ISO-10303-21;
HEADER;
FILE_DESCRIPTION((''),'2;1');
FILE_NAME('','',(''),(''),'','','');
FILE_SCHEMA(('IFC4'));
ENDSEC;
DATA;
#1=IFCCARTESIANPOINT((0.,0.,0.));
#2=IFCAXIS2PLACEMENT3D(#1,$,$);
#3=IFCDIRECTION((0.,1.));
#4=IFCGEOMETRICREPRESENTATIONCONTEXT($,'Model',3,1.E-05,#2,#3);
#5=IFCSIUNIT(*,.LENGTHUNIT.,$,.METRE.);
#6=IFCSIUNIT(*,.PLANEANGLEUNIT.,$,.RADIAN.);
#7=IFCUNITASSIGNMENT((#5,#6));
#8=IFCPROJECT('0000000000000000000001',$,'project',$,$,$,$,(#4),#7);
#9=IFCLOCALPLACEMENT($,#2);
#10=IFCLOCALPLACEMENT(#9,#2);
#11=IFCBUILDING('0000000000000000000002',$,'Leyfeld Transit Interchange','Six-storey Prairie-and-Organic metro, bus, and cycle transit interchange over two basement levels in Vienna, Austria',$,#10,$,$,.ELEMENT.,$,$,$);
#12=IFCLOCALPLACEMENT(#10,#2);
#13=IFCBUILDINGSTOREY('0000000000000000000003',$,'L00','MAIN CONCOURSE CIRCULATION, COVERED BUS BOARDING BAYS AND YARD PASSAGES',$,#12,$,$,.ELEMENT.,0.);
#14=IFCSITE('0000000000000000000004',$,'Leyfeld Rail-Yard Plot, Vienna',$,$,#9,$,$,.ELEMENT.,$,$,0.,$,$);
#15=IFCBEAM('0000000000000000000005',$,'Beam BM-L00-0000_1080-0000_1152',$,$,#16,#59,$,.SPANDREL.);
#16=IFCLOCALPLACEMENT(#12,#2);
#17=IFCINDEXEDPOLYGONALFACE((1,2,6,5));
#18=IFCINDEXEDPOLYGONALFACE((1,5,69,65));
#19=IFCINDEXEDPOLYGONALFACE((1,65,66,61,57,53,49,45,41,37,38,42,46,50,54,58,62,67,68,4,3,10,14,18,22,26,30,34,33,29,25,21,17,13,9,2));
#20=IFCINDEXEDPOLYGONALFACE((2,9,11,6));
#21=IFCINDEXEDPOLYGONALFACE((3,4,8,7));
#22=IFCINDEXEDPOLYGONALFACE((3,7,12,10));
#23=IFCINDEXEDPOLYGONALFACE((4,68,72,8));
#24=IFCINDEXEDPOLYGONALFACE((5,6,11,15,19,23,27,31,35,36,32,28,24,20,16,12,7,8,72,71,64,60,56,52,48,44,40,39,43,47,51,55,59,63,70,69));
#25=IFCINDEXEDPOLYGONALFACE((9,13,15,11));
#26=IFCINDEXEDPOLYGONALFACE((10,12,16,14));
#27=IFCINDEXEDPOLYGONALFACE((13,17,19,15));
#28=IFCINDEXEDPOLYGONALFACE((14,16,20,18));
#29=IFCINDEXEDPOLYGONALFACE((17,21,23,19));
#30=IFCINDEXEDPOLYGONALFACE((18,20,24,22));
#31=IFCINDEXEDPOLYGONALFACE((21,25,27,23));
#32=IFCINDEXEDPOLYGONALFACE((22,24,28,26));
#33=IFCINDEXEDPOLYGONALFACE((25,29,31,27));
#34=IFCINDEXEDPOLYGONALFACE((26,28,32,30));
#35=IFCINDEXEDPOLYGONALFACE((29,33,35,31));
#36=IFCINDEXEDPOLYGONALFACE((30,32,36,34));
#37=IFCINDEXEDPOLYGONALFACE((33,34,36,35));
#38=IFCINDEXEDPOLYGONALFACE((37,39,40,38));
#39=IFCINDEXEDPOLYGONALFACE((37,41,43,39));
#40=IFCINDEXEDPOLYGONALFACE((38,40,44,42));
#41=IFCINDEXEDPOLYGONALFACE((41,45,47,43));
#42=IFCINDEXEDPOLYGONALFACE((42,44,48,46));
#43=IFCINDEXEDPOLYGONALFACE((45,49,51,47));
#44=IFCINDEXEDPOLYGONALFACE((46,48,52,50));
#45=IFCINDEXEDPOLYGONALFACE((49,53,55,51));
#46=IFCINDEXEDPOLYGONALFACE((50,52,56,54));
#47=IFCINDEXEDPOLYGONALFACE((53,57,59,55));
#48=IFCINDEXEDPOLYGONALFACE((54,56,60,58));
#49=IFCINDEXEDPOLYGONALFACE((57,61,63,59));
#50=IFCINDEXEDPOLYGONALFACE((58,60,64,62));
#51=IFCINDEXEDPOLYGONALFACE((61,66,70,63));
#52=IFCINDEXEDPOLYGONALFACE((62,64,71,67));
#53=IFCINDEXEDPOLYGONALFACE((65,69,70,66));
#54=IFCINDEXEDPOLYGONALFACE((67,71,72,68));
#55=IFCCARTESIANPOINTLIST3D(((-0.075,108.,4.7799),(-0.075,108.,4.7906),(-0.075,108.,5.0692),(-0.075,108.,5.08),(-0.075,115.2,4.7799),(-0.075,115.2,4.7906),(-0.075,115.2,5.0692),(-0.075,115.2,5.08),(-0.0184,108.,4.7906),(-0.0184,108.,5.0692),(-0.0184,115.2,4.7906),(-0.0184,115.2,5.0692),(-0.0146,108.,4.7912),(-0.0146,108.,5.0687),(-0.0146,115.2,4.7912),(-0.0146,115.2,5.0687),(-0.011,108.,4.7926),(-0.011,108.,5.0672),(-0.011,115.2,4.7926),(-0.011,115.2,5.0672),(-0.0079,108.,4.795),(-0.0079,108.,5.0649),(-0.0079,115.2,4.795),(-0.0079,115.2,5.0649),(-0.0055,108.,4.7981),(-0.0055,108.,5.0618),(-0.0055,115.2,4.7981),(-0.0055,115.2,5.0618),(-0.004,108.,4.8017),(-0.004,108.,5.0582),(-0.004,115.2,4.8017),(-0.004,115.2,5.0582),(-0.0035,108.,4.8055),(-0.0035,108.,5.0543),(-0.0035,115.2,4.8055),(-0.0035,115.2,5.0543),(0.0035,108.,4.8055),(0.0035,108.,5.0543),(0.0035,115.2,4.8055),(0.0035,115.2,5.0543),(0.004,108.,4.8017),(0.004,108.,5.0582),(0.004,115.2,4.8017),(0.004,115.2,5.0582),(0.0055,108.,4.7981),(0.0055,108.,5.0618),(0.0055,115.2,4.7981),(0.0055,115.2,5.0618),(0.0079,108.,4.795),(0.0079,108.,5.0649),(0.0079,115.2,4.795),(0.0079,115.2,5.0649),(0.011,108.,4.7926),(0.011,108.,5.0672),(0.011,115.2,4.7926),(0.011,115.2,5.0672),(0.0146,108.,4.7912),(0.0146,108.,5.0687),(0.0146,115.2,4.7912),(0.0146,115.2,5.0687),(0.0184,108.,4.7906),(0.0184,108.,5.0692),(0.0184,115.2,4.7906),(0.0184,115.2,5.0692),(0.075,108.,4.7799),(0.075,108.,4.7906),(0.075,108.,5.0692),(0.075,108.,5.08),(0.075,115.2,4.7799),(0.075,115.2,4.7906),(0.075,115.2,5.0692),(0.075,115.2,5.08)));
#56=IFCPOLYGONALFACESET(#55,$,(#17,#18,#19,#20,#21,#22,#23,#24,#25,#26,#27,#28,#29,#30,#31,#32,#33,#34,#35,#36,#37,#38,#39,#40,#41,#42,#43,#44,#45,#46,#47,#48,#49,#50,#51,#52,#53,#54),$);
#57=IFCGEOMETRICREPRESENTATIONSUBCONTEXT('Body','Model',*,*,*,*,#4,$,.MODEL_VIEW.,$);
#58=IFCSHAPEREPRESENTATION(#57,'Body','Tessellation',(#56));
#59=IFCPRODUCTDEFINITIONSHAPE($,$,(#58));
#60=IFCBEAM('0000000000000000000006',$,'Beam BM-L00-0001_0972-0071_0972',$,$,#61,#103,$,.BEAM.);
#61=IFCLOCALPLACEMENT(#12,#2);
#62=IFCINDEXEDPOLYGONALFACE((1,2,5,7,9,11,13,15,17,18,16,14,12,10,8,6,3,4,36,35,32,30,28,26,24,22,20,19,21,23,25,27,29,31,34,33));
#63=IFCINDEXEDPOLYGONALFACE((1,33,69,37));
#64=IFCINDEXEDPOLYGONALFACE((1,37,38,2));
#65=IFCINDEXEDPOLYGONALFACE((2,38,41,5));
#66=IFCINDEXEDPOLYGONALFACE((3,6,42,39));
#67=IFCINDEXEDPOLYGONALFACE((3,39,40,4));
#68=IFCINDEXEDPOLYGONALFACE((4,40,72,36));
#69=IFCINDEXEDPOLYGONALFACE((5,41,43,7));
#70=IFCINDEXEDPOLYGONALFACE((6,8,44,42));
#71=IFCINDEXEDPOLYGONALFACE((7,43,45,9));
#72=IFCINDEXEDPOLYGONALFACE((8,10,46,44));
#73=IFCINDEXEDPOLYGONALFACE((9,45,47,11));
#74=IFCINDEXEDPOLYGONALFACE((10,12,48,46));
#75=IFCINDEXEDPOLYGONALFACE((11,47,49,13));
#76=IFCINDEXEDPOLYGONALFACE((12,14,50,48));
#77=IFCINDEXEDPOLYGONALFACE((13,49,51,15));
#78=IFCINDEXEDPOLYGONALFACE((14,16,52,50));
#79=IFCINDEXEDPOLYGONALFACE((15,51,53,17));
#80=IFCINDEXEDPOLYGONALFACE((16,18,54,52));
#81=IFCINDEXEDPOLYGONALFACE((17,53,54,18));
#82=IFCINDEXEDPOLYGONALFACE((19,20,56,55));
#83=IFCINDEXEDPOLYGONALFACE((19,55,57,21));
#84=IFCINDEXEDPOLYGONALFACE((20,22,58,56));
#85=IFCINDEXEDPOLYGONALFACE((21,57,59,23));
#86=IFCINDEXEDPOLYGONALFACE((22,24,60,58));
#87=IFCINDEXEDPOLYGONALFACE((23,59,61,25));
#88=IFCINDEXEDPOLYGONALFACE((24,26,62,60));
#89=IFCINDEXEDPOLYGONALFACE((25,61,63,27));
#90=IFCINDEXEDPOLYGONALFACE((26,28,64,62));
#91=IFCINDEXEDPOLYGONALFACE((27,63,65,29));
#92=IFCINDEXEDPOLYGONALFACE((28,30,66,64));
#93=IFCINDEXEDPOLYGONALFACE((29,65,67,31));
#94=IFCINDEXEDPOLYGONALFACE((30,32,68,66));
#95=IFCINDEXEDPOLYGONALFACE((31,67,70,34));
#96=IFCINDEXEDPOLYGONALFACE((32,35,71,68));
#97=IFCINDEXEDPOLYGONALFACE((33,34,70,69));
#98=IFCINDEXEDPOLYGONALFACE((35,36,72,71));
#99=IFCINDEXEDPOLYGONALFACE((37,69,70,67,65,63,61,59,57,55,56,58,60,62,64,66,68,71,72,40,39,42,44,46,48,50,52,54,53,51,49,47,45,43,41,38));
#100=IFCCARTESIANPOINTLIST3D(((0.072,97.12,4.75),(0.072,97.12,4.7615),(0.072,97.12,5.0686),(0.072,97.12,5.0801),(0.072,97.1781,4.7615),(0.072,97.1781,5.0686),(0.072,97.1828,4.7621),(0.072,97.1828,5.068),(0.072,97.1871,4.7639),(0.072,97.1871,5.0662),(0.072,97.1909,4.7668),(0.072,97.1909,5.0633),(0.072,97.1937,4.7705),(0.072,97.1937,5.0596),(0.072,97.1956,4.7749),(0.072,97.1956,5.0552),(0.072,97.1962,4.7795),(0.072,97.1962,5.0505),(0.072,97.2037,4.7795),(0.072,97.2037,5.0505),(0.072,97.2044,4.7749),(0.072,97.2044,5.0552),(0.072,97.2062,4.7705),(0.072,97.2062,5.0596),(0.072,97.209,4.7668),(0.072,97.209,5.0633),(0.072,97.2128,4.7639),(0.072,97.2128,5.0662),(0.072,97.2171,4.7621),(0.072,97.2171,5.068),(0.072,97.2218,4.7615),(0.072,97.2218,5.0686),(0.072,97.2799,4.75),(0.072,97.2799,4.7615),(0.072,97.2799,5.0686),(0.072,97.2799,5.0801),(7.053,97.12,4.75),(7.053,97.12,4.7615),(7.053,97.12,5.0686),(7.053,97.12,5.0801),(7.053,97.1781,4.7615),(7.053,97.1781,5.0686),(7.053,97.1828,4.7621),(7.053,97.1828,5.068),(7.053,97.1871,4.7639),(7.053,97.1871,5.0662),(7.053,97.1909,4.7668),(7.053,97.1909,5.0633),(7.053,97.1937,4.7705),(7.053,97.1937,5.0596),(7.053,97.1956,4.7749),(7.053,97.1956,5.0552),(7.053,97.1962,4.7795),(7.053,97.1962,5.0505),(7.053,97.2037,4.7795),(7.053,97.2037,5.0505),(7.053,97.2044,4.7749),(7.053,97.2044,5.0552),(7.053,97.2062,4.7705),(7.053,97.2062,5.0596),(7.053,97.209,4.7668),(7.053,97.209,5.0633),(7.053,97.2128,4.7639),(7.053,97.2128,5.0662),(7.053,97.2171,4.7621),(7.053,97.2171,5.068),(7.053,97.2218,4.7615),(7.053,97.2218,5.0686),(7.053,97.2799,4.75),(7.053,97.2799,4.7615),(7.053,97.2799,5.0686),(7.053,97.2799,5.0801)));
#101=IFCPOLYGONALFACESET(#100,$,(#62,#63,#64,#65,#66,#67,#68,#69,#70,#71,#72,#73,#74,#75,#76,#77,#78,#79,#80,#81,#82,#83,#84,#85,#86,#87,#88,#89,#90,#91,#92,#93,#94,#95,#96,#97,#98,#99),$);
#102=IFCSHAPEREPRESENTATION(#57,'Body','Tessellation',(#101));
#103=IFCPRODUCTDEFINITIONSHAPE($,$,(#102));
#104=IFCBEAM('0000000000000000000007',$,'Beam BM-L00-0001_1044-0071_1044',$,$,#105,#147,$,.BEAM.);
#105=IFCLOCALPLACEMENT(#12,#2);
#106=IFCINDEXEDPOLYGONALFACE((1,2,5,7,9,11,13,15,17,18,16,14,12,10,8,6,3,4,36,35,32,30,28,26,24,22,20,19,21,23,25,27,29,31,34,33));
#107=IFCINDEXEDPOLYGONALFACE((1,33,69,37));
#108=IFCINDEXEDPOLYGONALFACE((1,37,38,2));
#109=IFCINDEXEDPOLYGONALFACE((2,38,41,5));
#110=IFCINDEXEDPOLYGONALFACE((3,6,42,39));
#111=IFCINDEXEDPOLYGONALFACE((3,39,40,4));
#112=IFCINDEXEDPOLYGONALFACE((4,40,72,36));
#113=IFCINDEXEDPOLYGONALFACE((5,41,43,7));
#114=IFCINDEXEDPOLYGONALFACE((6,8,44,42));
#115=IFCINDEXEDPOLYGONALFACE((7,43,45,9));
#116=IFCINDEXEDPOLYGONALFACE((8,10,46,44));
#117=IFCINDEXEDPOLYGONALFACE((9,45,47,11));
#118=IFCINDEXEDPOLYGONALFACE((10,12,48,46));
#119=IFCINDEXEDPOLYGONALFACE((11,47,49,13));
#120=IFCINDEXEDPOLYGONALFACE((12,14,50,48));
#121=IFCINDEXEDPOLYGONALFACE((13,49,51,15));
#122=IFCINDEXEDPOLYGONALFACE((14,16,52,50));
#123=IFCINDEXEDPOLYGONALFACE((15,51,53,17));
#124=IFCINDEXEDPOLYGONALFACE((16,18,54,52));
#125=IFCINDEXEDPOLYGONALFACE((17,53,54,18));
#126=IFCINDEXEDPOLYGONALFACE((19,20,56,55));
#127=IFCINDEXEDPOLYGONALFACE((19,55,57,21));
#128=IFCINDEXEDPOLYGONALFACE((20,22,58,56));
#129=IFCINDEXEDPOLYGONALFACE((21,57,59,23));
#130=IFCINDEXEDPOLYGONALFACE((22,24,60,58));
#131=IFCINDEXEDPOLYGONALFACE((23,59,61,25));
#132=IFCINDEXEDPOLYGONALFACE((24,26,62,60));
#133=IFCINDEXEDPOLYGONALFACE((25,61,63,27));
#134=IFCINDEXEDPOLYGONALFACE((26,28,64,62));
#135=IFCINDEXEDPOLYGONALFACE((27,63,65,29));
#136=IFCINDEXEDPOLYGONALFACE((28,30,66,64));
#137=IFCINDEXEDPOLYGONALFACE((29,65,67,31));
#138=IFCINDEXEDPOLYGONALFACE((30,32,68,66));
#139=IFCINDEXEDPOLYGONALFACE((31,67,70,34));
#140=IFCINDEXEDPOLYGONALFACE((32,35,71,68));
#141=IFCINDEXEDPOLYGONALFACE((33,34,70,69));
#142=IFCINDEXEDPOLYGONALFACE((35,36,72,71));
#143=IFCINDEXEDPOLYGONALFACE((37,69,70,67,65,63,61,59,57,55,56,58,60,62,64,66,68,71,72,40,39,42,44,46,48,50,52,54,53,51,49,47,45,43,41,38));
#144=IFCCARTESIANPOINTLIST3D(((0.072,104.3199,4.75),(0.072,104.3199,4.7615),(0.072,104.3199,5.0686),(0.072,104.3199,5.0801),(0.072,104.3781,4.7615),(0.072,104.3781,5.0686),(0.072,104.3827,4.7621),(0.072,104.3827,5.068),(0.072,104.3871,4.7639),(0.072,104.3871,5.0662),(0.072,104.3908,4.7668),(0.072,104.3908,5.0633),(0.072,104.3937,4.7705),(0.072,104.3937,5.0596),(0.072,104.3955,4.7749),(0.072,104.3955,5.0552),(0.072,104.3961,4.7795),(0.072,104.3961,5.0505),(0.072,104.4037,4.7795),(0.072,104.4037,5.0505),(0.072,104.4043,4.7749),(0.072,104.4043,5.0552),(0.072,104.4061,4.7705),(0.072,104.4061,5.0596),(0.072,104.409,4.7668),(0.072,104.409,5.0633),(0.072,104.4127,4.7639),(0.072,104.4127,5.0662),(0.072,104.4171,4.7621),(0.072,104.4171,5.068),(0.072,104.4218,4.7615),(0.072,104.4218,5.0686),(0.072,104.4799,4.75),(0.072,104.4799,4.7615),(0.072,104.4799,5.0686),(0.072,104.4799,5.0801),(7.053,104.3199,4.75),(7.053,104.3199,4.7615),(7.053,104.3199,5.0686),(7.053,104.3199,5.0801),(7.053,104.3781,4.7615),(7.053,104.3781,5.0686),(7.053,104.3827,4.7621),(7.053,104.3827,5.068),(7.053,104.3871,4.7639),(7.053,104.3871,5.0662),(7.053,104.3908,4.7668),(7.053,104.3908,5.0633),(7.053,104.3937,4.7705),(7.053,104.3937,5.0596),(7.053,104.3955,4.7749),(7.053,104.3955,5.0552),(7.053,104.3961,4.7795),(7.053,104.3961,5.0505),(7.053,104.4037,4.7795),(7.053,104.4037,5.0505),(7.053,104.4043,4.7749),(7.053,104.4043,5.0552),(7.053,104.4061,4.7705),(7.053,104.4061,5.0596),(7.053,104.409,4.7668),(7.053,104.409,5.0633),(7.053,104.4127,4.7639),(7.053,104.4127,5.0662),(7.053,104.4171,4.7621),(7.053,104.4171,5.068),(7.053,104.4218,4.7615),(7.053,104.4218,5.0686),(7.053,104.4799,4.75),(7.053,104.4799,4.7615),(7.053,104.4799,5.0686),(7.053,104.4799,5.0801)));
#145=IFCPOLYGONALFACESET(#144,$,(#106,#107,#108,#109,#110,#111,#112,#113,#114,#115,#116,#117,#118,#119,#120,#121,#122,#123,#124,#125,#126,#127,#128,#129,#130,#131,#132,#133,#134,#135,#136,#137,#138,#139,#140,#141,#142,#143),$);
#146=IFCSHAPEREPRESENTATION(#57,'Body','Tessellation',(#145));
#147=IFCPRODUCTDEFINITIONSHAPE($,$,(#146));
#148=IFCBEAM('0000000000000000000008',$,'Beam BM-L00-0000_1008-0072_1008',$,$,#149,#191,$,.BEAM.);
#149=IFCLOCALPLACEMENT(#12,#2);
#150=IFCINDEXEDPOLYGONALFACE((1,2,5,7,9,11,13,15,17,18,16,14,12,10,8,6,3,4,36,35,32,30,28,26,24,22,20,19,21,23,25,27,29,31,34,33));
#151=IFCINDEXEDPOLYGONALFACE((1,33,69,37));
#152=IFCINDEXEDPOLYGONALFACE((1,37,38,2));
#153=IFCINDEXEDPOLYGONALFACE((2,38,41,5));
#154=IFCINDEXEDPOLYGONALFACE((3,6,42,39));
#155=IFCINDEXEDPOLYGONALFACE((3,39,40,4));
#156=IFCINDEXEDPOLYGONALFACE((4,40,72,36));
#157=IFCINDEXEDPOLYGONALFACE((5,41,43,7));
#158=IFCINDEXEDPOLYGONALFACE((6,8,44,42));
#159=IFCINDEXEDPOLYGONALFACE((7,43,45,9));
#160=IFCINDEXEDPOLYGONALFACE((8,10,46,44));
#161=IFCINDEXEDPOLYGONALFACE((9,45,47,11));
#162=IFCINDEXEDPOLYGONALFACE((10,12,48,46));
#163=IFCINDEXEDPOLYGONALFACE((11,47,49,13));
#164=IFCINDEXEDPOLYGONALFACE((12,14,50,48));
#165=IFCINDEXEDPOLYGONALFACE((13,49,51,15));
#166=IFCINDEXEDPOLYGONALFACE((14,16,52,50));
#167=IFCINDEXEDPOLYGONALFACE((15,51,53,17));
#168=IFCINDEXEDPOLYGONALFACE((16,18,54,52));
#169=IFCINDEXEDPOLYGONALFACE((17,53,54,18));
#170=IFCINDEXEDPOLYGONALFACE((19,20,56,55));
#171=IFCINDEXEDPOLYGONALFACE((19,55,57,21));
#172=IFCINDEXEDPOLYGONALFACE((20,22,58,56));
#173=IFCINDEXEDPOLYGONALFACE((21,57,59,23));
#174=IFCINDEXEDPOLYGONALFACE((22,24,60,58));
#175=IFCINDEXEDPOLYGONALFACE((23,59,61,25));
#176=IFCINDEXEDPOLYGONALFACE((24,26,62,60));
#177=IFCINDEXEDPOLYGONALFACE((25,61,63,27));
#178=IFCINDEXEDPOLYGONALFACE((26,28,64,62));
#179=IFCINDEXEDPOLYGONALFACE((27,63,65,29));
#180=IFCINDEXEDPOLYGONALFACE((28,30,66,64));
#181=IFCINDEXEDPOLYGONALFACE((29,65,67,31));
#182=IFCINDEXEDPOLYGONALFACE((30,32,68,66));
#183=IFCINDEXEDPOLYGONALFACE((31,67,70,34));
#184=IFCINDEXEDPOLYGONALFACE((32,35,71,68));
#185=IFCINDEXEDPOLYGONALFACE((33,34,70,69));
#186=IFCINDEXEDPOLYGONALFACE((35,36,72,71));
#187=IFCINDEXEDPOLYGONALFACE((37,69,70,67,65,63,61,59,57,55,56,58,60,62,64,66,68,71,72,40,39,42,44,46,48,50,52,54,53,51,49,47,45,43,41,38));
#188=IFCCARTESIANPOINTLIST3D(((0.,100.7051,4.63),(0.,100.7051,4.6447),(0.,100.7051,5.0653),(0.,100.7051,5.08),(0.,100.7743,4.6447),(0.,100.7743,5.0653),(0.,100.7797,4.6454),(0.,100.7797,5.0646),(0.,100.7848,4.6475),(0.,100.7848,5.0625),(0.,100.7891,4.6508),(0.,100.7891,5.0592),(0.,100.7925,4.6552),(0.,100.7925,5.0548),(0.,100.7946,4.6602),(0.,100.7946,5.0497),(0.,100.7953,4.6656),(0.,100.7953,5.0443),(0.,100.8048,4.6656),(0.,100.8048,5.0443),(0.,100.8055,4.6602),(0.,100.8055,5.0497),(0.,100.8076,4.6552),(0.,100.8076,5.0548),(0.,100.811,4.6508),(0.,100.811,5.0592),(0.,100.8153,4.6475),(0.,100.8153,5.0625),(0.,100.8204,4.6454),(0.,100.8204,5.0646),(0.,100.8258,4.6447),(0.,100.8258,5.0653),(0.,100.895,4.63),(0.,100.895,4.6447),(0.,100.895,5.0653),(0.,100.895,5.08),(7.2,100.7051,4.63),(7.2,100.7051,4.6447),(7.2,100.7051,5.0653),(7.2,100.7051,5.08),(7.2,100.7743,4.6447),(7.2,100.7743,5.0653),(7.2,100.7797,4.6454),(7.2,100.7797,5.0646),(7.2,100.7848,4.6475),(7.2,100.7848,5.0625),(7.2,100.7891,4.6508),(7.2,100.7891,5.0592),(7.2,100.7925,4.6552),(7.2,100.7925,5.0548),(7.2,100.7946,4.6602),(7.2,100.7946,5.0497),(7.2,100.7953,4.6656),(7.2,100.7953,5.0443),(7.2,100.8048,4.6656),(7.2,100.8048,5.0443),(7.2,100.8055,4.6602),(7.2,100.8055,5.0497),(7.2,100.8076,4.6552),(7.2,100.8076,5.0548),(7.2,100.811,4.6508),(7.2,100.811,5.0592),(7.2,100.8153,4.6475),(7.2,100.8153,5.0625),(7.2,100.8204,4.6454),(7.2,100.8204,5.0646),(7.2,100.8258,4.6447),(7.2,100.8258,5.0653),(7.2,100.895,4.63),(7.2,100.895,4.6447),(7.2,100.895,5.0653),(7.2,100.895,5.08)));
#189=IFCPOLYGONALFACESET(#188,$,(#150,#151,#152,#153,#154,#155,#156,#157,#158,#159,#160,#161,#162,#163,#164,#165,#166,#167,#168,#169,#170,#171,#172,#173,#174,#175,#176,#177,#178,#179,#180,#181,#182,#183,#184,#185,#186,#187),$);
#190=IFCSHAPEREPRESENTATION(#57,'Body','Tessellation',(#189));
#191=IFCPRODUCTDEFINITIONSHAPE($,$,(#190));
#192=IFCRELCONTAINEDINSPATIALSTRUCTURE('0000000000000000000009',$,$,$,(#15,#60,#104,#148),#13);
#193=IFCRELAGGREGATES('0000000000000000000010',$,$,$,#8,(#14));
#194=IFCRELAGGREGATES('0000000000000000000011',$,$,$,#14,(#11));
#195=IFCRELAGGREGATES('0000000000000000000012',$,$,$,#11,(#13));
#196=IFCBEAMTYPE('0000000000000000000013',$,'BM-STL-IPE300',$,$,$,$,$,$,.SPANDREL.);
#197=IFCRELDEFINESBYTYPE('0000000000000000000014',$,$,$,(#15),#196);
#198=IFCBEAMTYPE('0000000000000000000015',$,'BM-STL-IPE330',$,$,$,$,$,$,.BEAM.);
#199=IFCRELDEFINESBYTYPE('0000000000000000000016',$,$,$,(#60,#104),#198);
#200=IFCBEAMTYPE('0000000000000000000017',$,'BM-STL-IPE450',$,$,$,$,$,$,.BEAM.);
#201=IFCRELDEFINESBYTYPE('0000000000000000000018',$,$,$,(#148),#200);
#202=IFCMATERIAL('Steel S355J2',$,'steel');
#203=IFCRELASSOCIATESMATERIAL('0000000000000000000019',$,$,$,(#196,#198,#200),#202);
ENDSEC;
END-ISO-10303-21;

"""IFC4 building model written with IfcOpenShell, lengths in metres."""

from ifc_helpers import new_model, si_unit, direction, frame, origin, origin_2d, place, context, subcontext, project, spatial, i_section, extrude, material, material_profile, profile_set, type_object, element, save


model = new_model("IFC4")

# Units and contexts
model_context = context("Model", 3, precision=1e-05, world=origin(), true_north=direction((0.0, 1.0)))
body_context = subcontext(model_context, "Body", "Model", "MODEL_VIEW")
ifc_project = project(units=[si_unit("LENGTHUNIT", "METRE"), si_unit("PLANEANGLEUNIT", "RADIAN")], contexts=[model_context])

# Site, building, storey
site_placement = place(None, origin())
site = spatial("IfcSite", under=ifc_project, at=site_placement, Name="Leyfeld Rail-Yard Plot, Vienna", CompositionType="ELEMENT", RefElevation=0.0)
building_placement = place(site_placement, origin())
building = spatial("IfcBuilding", under=site, at=building_placement, Name="Leyfeld Transit Interchange", Description="Six-storey Prairie-and-Organic metro, bus, and cycle transit interchange over two basement levels in Vienna, Austria", CompositionType="ELEMENT")
storey_placement = place(building_placement, origin())
storey = spatial("IfcBuildingStorey", under=building, at=storey_placement, Name="L00", Description="MAIN CONCOURSE CIRCULATION, COVERED BUS BOARDING BAYS AND YARD PASSAGES", CompositionType="ELEMENT", Elevation=0.0)

# Beams
ifc_material_1 = material(Name="Steel S355J2", Category="steel")
ifc_material_profile_1 = material_profile(ifc_material_1, i_section(OverallWidth=0.1499, OverallDepth=0.3, WebThickness=0.0071, FlangeThickness=0.0107, FilletRadius=0.0149, at=origin_2d()), Name="IPE 300")
ifc_profile_set_1 = profile_set([ifc_material_profile_1], Name="Steel S355J2")
beam_type_1 = type_object("IfcBeamType", Name="BM-STL-IPE300", PredefinedType="SPANDREL", material=ifc_profile_set_1)
for number, where, z_axis, x_axis, name in (
    (1, (0.0, 108.0, 4.9299), (0.0, 1.0, 0.0), (-1.0, 0.0, 0.0), "Beam BM-L00-0000_1080-0000_1152"),
):
    element("IfcBeam", number, at=place(storey_placement, frame(where, z_axis=z_axis, x_axis=x_axis)), inside=storey, type_object=beam_type_1, Name=name, PredefinedType="SPANDREL", context=body_context, shape_type="SweptSolid", body=[
        extrude(i_section(OverallWidth=0.1499, OverallDepth=0.3, WebThickness=0.0071, FlangeThickness=0.0107, FilletRadius=0.0149, at=origin_2d()), origin(), (0.0, 0.0, 1.0), 7.2),
    ])
ifc_material_profile_2 = material_profile(ifc_material_1, i_section(OverallWidth=0.1599, OverallDepth=0.3301, WebThickness=0.0076, FlangeThickness=0.0115, FilletRadius=0.0181, at=origin_2d()), Name="IPE 330")
ifc_profile_set_2 = profile_set([ifc_material_profile_2], Name="Steel S355J2")
beam_type_2 = type_object("IfcBeamType", Name="BM-STL-IPE330", PredefinedType="BEAM", material=ifc_profile_set_2)
for number, where, z_axis, x_axis, name in (
    (2, (0.072, 97.2, 4.915), (1.0, 0.0, 0.0), (0.0, 1.0, 0.0), "Beam BM-L00-0001_0972-0071_0972"),
    (3, (0.072, 104.3999, 4.915), (1.0, 0.0, 0.0), (0.0, 1.0, 0.0), "Beam BM-L00-0001_1044-0071_1044"),
):
    element("IfcBeam", number, at=place(storey_placement, frame(where, z_axis=z_axis, x_axis=x_axis)), inside=storey, type_object=beam_type_2, Name=name, PredefinedType="BEAM", context=body_context, shape_type="SweptSolid", body=[
        extrude(i_section(OverallWidth=0.1599, OverallDepth=0.3301, WebThickness=0.0076, FlangeThickness=0.0115, FilletRadius=0.0181, at=origin_2d()), origin(), (0.0, 0.0, 1.0), 6.981),
    ])
ifc_material_profile_3 = material_profile(ifc_material_1, i_section(OverallWidth=0.1899, OverallDepth=0.45, WebThickness=0.0095, FlangeThickness=0.0146, FilletRadius=0.021, at=origin_2d()), Name="IPE 450")
ifc_profile_set_3 = profile_set([ifc_material_profile_3], Name="Steel S355J2")
beam_type_3 = type_object("IfcBeamType", Name="BM-STL-IPE450", PredefinedType="BEAM", material=ifc_profile_set_3)
for number, where, z_axis, x_axis, name in (
    (4, (0.0, 100.8, 4.855), (1.0, 0.0, 0.0), (0.0, 1.0, 0.0), "Beam BM-L00-0000_1008-0072_1008"),
):
    element("IfcBeam", number, at=place(storey_placement, frame(where, z_axis=z_axis, x_axis=x_axis)), inside=storey, type_object=beam_type_3, Name=name, PredefinedType="BEAM", context=body_context, shape_type="SweptSolid", body=[
        extrude(i_section(OverallWidth=0.1899, OverallDepth=0.45, WebThickness=0.0095, FlangeThickness=0.0146, FilletRadius=0.021, at=origin_2d()), origin(), (0.0, 0.0, 1.0), 7.2),
    ])

save(model, "model.ifc")
